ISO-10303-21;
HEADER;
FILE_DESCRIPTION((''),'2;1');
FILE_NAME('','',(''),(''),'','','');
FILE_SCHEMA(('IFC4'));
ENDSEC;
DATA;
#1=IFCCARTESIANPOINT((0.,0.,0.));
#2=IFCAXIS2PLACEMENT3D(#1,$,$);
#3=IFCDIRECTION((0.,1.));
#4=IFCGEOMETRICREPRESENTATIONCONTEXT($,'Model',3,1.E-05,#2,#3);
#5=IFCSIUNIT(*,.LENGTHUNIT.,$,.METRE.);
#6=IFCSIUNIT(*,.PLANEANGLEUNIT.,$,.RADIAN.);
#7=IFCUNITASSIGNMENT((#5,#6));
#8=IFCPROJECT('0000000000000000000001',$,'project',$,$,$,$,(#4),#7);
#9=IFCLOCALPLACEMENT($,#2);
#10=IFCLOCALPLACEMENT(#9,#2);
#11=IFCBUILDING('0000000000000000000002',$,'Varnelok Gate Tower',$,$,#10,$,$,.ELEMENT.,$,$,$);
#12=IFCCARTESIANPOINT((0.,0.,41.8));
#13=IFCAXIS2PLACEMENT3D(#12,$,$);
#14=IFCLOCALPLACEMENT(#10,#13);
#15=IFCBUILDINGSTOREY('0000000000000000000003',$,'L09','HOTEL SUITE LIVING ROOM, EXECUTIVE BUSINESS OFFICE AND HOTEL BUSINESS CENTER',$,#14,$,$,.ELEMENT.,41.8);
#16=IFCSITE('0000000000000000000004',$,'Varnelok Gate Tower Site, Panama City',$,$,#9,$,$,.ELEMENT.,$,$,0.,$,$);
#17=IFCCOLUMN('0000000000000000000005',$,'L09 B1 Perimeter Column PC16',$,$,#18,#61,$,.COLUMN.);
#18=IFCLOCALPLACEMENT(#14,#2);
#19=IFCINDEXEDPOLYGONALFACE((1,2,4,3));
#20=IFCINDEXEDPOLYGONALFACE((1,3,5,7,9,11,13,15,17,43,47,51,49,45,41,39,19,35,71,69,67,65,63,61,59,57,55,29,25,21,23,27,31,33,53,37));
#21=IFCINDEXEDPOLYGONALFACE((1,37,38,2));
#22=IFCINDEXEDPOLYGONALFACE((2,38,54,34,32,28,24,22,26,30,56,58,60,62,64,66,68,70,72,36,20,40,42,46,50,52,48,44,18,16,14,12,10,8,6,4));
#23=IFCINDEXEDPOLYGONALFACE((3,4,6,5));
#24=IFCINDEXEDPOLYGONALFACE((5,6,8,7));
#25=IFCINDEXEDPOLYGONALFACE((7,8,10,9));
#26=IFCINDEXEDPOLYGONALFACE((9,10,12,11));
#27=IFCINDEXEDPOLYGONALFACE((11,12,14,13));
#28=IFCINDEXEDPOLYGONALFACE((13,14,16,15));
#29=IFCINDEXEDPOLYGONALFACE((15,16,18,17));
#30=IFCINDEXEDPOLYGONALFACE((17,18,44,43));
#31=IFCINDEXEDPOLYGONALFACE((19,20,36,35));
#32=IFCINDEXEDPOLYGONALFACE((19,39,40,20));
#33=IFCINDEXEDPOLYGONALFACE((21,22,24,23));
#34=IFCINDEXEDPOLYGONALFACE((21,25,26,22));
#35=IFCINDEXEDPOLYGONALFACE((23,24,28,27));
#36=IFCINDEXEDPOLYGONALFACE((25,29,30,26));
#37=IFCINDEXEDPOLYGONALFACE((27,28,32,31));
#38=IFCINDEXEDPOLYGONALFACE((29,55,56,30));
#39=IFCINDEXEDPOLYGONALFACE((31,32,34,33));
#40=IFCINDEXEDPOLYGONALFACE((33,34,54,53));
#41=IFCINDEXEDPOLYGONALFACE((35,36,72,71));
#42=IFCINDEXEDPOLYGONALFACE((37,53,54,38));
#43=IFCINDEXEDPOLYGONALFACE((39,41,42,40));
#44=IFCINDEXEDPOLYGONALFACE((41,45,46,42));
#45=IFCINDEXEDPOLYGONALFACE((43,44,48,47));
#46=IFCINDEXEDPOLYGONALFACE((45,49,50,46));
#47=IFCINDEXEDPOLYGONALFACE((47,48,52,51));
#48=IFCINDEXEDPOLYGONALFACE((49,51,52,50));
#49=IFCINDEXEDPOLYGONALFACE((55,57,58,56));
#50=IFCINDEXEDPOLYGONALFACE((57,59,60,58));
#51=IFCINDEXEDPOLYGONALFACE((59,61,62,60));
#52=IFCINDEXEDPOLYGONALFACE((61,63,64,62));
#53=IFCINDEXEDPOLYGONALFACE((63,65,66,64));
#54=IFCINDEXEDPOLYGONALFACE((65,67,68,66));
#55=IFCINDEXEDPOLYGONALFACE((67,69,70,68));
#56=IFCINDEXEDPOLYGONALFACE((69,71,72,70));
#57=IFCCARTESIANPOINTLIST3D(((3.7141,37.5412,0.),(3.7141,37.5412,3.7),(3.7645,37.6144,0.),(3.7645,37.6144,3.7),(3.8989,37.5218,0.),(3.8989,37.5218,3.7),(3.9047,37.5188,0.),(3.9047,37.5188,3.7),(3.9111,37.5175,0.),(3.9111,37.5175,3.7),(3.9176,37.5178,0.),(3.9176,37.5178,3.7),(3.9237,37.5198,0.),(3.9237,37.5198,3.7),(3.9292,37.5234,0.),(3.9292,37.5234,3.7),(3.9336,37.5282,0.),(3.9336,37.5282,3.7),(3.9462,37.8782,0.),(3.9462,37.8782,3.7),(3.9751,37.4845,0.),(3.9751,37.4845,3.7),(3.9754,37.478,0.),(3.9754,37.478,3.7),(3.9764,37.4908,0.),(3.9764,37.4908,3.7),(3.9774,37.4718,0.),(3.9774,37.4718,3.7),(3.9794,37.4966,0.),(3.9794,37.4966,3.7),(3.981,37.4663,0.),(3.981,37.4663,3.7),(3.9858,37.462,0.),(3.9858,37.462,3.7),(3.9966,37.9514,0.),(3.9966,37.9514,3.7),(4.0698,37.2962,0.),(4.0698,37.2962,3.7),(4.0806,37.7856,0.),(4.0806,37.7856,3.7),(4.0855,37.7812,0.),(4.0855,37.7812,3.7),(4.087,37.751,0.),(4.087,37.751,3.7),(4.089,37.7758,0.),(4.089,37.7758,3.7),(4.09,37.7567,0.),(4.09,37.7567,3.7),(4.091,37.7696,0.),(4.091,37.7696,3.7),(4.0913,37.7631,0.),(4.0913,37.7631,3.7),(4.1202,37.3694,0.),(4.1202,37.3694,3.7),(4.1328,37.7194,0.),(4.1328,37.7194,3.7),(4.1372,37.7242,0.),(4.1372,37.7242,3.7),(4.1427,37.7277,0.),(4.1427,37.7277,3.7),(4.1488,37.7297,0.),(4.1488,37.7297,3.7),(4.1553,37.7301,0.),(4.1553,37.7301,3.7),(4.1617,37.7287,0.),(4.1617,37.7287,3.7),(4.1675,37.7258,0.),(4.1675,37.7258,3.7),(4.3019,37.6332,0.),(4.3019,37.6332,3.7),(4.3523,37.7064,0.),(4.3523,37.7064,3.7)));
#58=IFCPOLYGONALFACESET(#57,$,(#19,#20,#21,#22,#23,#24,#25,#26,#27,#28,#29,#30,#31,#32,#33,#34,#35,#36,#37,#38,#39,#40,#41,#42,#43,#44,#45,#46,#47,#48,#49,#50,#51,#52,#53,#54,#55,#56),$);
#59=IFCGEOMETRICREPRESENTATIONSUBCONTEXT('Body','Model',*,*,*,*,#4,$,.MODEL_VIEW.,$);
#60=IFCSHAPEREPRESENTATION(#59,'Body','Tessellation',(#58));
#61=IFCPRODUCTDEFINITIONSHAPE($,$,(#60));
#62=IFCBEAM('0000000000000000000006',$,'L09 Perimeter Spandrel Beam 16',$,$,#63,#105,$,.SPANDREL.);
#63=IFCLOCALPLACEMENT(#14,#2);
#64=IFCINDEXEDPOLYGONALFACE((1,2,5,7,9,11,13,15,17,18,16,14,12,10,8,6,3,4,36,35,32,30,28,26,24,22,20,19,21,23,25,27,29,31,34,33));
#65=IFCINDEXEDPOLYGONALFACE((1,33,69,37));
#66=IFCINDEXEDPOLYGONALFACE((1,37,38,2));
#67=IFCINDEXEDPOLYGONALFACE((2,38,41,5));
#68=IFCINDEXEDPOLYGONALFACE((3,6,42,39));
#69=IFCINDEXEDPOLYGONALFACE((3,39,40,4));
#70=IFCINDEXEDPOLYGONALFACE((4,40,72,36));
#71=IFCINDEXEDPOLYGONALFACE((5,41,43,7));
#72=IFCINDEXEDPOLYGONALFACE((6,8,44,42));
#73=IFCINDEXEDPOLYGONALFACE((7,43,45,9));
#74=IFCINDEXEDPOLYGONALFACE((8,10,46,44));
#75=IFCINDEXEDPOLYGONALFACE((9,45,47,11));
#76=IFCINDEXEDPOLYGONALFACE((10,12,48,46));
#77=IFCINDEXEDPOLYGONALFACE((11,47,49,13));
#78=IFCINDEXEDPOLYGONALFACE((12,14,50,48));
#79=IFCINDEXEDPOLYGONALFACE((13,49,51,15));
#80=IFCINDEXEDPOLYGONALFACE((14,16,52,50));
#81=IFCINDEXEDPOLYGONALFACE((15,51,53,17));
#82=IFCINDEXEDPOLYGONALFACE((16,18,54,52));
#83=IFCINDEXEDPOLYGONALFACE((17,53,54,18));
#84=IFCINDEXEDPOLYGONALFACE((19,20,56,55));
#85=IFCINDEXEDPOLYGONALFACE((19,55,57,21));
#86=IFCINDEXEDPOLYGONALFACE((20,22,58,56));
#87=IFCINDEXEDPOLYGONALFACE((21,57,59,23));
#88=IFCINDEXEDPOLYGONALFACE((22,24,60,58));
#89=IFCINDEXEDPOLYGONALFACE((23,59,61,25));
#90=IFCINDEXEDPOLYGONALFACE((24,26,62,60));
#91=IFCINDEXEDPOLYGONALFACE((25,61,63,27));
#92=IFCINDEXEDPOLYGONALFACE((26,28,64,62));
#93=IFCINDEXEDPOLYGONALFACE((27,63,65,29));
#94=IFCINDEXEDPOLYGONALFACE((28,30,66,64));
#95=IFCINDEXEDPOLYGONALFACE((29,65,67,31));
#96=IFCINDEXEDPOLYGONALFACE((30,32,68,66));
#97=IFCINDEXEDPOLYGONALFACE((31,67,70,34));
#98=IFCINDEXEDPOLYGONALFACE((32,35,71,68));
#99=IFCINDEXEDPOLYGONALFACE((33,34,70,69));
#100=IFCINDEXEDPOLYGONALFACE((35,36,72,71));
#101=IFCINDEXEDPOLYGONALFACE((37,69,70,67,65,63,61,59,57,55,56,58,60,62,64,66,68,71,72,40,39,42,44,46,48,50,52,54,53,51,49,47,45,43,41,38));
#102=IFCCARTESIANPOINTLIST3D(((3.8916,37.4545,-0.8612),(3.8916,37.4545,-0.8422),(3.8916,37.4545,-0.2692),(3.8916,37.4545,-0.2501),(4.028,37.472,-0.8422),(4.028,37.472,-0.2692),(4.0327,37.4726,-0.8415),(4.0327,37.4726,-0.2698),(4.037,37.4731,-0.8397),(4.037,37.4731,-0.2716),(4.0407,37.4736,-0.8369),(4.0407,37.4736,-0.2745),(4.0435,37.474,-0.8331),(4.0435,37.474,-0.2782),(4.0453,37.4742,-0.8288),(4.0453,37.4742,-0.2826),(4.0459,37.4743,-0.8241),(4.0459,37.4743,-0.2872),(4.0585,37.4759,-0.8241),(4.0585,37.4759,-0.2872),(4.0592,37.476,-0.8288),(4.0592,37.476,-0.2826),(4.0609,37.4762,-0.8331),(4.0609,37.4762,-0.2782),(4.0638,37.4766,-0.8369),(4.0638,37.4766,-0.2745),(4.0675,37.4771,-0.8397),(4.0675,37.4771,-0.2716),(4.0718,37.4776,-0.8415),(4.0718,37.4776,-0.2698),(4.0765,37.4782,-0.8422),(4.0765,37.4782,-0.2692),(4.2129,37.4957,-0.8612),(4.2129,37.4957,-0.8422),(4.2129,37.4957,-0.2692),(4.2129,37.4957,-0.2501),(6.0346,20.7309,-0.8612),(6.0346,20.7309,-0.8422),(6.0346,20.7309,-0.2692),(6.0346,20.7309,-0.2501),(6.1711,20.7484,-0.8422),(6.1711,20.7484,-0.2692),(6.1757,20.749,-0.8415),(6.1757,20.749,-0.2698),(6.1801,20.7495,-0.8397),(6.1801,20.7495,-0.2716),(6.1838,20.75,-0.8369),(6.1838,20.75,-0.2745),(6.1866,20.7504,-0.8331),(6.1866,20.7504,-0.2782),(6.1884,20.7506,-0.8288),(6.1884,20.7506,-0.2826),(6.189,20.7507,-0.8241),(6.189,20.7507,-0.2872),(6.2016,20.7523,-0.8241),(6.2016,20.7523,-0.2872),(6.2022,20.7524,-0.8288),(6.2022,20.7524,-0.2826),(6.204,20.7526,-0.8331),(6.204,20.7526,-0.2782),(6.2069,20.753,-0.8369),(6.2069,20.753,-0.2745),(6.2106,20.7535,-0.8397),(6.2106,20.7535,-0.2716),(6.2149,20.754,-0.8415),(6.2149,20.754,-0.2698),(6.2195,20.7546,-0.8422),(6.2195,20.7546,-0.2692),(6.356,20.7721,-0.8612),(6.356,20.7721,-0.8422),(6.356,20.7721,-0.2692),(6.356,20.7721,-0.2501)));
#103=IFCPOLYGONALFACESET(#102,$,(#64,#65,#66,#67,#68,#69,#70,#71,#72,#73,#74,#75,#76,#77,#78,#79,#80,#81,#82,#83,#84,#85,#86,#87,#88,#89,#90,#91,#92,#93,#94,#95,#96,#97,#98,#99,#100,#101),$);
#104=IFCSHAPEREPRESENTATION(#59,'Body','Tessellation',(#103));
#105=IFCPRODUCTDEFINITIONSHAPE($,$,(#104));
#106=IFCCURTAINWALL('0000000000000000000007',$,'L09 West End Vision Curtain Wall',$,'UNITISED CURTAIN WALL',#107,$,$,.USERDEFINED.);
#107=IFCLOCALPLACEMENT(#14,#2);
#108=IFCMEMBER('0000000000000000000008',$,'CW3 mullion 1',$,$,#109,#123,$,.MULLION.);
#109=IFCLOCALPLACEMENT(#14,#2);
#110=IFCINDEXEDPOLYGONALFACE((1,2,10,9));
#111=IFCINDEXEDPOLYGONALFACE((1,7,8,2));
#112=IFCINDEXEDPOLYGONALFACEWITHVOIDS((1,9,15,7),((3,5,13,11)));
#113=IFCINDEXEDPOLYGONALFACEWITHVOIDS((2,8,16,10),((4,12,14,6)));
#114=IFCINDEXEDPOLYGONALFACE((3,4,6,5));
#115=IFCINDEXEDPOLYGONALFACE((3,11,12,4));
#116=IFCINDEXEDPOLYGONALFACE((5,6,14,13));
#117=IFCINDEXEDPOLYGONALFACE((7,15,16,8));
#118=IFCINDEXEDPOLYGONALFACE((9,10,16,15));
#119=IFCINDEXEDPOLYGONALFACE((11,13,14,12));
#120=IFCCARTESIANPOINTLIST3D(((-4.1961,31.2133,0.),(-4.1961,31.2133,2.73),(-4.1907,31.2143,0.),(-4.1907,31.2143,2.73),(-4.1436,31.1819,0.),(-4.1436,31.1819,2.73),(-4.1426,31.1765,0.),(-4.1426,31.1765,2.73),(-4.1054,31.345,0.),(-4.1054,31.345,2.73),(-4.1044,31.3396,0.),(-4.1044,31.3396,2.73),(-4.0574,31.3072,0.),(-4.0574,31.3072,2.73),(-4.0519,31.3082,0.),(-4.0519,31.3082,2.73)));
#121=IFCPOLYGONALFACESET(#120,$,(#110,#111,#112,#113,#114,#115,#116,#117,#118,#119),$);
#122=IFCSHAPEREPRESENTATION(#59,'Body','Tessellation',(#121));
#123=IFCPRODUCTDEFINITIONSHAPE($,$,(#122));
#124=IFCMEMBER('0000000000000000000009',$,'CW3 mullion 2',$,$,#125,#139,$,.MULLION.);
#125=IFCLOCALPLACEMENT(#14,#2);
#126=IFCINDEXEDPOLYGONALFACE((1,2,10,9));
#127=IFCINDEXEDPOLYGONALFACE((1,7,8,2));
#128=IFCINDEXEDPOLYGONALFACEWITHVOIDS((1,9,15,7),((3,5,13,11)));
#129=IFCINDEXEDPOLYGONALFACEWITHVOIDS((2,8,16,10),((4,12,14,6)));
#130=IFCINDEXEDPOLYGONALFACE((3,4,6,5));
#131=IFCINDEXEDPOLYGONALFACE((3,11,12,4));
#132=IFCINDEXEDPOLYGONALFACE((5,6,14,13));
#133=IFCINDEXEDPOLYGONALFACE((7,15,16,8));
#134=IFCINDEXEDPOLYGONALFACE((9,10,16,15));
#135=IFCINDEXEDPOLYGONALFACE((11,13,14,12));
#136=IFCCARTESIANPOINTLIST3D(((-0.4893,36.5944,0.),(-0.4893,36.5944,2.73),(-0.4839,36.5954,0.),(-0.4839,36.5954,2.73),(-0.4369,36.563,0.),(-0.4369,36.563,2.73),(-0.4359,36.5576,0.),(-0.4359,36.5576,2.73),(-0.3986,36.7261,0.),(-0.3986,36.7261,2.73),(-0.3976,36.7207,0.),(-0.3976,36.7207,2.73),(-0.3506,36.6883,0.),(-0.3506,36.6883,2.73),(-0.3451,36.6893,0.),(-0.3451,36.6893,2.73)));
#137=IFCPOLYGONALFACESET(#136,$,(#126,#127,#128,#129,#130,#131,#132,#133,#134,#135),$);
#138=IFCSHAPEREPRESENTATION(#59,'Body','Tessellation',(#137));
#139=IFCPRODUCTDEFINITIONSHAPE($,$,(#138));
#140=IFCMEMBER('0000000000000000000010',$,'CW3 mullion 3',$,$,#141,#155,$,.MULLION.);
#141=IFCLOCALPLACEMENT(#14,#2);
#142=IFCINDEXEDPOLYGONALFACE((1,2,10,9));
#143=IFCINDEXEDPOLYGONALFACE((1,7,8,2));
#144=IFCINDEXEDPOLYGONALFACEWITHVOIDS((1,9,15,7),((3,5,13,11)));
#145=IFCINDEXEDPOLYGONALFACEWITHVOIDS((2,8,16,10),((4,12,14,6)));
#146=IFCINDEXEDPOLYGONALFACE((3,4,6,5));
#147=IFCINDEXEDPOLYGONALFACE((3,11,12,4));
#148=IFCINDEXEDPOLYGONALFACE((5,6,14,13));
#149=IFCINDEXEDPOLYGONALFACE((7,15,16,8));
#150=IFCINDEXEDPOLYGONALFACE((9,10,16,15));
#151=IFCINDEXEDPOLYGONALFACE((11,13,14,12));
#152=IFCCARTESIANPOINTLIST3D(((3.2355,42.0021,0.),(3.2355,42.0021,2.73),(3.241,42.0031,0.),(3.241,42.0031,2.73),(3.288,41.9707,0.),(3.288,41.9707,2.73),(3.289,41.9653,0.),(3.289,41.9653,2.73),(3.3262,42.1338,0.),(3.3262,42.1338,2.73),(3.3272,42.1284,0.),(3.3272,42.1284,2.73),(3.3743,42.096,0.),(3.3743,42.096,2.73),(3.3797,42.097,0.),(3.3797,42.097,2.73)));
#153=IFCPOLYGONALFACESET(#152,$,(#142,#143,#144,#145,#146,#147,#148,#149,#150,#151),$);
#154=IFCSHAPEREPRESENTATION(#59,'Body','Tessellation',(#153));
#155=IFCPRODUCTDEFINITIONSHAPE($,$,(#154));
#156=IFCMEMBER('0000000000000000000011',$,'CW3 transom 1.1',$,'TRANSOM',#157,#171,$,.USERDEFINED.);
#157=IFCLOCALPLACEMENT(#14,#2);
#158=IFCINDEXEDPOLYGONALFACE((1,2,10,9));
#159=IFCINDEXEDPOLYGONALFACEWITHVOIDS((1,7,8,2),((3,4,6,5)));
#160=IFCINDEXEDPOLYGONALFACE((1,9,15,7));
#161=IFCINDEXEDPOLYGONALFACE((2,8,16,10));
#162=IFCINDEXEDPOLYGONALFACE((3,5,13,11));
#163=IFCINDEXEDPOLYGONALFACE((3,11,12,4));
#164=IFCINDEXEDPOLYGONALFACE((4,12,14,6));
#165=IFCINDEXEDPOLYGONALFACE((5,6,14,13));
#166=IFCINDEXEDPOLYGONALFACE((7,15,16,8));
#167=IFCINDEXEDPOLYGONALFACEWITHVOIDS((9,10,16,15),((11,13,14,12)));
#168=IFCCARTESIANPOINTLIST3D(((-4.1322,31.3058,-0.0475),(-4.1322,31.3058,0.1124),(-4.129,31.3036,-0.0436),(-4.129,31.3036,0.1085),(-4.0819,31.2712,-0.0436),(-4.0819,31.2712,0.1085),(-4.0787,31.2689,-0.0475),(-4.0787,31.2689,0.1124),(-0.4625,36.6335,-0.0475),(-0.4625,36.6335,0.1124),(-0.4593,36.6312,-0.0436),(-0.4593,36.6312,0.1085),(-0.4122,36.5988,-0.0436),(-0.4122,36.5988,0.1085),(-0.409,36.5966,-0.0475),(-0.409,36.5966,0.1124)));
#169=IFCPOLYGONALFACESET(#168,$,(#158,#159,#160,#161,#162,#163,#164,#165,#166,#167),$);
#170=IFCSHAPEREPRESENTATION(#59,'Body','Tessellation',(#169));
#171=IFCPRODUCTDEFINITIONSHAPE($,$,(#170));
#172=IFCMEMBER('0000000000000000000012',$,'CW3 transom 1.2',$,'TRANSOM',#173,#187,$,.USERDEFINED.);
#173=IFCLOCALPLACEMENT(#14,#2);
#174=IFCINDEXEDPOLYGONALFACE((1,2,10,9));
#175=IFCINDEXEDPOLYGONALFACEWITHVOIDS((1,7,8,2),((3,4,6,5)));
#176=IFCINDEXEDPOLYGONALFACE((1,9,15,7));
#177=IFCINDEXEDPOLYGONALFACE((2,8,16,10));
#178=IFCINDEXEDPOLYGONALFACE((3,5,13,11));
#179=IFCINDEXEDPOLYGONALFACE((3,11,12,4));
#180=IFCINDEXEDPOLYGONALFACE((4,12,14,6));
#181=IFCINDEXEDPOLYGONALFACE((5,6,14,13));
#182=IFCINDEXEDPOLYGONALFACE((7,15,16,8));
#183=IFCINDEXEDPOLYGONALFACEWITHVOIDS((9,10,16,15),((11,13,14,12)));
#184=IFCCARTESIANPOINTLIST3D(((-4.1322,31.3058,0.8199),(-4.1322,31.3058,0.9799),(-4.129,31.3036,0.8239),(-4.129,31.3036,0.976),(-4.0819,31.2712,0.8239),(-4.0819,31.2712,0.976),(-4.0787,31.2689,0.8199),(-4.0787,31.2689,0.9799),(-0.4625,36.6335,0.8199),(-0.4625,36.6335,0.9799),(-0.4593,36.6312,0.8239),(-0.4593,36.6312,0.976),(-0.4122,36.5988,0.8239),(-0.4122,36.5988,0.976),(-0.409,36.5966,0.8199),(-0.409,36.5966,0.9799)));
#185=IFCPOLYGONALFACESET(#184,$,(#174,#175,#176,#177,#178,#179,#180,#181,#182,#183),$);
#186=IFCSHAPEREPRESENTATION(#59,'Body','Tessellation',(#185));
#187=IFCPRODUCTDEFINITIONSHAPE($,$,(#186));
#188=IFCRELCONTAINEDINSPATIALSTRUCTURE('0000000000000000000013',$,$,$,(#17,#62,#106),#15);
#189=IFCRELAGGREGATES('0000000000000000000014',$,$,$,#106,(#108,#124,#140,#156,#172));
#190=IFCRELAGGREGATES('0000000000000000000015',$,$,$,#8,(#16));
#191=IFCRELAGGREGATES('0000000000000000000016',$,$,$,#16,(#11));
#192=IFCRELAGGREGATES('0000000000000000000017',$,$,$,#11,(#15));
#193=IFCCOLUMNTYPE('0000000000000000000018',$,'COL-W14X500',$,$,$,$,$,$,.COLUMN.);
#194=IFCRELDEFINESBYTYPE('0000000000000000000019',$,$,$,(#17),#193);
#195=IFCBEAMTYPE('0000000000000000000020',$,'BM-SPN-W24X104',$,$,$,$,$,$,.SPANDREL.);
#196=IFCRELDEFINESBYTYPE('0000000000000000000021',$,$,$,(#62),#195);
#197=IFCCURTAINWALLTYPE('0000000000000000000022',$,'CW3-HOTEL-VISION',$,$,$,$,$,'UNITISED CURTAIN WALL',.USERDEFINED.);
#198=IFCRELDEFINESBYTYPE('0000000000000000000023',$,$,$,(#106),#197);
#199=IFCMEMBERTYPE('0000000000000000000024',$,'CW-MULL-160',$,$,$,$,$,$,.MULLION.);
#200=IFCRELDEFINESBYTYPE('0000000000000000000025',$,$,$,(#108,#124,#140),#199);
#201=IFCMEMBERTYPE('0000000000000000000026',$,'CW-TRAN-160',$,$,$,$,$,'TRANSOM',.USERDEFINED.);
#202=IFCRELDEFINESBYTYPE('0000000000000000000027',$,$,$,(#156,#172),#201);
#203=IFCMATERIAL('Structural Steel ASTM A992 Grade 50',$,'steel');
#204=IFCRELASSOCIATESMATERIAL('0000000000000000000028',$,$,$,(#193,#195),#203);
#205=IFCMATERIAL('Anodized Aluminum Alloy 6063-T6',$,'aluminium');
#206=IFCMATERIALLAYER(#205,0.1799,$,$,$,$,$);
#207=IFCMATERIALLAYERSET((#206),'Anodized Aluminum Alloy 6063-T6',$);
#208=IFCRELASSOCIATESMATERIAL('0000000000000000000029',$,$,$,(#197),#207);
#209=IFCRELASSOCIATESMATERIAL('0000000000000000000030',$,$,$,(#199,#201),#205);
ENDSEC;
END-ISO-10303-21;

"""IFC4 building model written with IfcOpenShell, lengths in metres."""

from ifc_helpers import new_model, si_unit, direction, frame, origin, origin_2d, place, context, subcontext, project, spatial, hollow_rectangle, i_section, extrude, material, layer, layer_set, material_profile, profile_set, type_object, element, aggregate, save


model = new_model("IFC4")

# Units and contexts
model_context = context("Model", 3, precision=1e-05, world=origin(), true_north=direction((0.0, 1.0)))
body_context = subcontext(model_context, "Body", "Model", "MODEL_VIEW")
ifc_project = project(units=[si_unit("LENGTHUNIT", "METRE"), si_unit("PLANEANGLEUNIT", "RADIAN")], contexts=[model_context])

# Site, building, storey
site_placement = place(None, origin())
site = spatial("IfcSite", under=ifc_project, at=site_placement, Name="Varnelok Gate Tower Site, Panama City", CompositionType="ELEMENT", RefElevation=0.0)
building_placement = place(site_placement, origin())
building = spatial("IfcBuilding", under=site, at=building_placement, Name="Varnelok Gate Tower", CompositionType="ELEMENT")
storey_placement = place(building_placement, frame((0.0, 0.0, 41.8)))
storey = spatial("IfcBuildingStorey", under=building, at=storey_placement, Name="L09", Description="HOTEL SUITE LIVING ROOM, EXECUTIVE BUSINESS OFFICE AND HOTEL BUSINESS CENTER", CompositionType="ELEMENT", Elevation=41.8)

# Column
ifc_material_1 = material(Name="Structural Steel ASTM A992 Grade 50", Category="steel")
ifc_material_profile_1 = material_profile(ifc_material_1, i_section(OverallWidth=0.4319, OverallDepth=0.498, WebThickness=0.0557, FlangeThickness=0.0889, FilletRadius=0.0249, at=origin_2d()), Name="W14X500")
ifc_profile_set_1 = profile_set([ifc_material_profile_1], Name="Structural Steel ASTM A992 Grade 50")
column_type = type_object("IfcColumnType", Name="COL-W14X500", PredefinedType="COLUMN", material=ifc_profile_set_1)
column_placement = place(storey_placement, frame((4.0332, 37.6238, 0.0), z_axis=(0.0, 0.0, 1.0), x_axis=(0.823533, -0.567269, 0.0)))
element("IfcColumn", 1, at=column_placement, inside=storey, type_object=column_type, Name="L09 B1 Perimeter Column PC16", PredefinedType="COLUMN", context=body_context, shape_type="SweptSolid", body=[
    extrude(i_section(OverallWidth=0.4319, OverallDepth=0.498, WebThickness=0.0557, FlangeThickness=0.0889, FilletRadius=0.0249, at=origin_2d()), origin(), (0.0, 0.0, 1.0), 3.7),
])

# Beam
ifc_material_profile_2 = material_profile(ifc_material_1, i_section(OverallWidth=0.324, OverallDepth=0.6111, WebThickness=0.0127, FlangeThickness=0.019, FilletRadius=0.0181, at=origin_2d()), Name="W24X104")
ifc_profile_set_2 = profile_set([ifc_material_profile_2], Name="Structural Steel ASTM A992 Grade 50")
beam_type = type_object("IfcBeamType", Name="BM-SPN-W24X104", PredefinedType="SPANDREL", material=ifc_profile_set_2)
beam_placement = place(storey_placement, frame((4.0522, 37.4751, -0.5557), z_axis=(0.127107, -0.991889, 0.0), x_axis=(0.991889, 0.127107, 0.0)))
element("IfcBeam", 2, at=beam_placement, inside=storey, type_object=beam_type, Name="L09 Perimeter Spandrel Beam 16", PredefinedType="SPANDREL", context=body_context, shape_type="SweptSolid", body=[
    extrude(i_section(OverallWidth=0.324, OverallDepth=0.6111, WebThickness=0.0127, FlangeThickness=0.019, FilletRadius=0.0181, at=origin_2d()), origin(), (0.0, 0.0, 1.0), 16.8604),
])

# Curtain wall, members
ifc_material_2 = material(Name="Anodized Aluminum Alloy 6063-T6", Category="aluminium")
ifc_layer_1 = layer(ifc_material_2, 0.1799)
ifc_layer_set_1 = layer_set([ifc_layer_1], Name="Anodized Aluminum Alloy 6063-T6")
curtain_wall_type = type_object("IfcCurtainWallType", Name="CW3-HOTEL-VISION", ElementType="UNITISED CURTAIN WALL", PredefinedType="USERDEFINED", material=ifc_layer_set_1)
curtain_wall_placement = place(storey_placement, origin())
curtain_wall = element("IfcCurtainWall", 3, at=curtain_wall_placement, inside=storey, type_object=curtain_wall_type, Name="L09 West End Vision Curtain Wall", ObjectType="UNITISED CURTAIN WALL", PredefinedType="USERDEFINED")
ifc_material_profile_3 = material_profile(ifc_material_2, hollow_rectangle(XDim=0.0649, YDim=0.1599, WallThickness=0.0039, at=origin_2d()), Name="ALU160X65X4")
ifc_profile_set_3 = profile_set([ifc_material_profile_3], Name="Anodized Aluminum Alloy 6063-T6")
member_type_1 = type_object("IfcMemberType", Name="CW-MULL-160", PredefinedType="MULLION", material=ifc_profile_set_3)
member_1_placement = place(storey_placement, frame((-4.124, 31.2607, 0.0), z_axis=(0.0, 0.0, 1.0), x_axis=(-0.823533, 0.567269, 0.0)))
member_1 = element("IfcMember", 4, at=member_1_placement, type_object=member_type_1, Name="CW3 mullion 1", PredefinedType="MULLION", context=body_context, shape_type="SweptSolid", body=[
    extrude(hollow_rectangle(XDim=0.0649, YDim=0.1599, WallThickness=0.0039, at=origin_2d()), origin(), (0.0, 0.0, 1.0), 2.73),
])
member_2_placement = place(storey_placement, frame((-0.4172, 36.6418, 0.0), z_axis=(0.0, 0.0, 1.0), x_axis=(-0.823533, 0.567269, 0.0)))
member_2 = element("IfcMember", 5, at=member_2_placement, type_object=member_type_1, Name="CW3 mullion 2", PredefinedType="MULLION", context=body_context, shape_type="SweptSolid", body=[
    extrude(hollow_rectangle(XDim=0.0649, YDim=0.1599, WallThickness=0.0039, at=origin_2d()), origin(), (0.0, 0.0, 1.0), 2.73),
])
member_3_placement = place(storey_placement, frame((3.3076, 42.0496, 0.0), z_axis=(0.0, 0.0, 1.0), x_axis=(-0.823533, 0.567269, 0.0)))
member_3 = element("IfcMember", 6, at=member_3_placement, type_object=member_type_1, Name="CW3 mullion 3", PredefinedType="MULLION", context=body_context, shape_type="SweptSolid", body=[
    extrude(hollow_rectangle(XDim=0.0649, YDim=0.1599, WallThickness=0.0039, at=origin_2d()), origin(), (0.0, 0.0, 1.0), 2.73),
])
ifc_material_profile_4 = material_profile(ifc_material_2, hollow_rectangle(XDim=0.0649, YDim=0.1599, WallThickness=0.0039, at=origin_2d()), Name="ALU160X65X4")
ifc_profile_set_4 = profile_set([ifc_material_profile_4], Name="Anodized Aluminum Alloy 6063-T6")
member_type_2 = type_object("IfcMemberType", Name="CW-TRAN-160", ElementType="TRANSOM", PredefinedType="USERDEFINED", material=ifc_profile_set_4)
member_4_placement = place(storey_placement, frame((-4.1055, 31.2874, 0.0325), z_axis=(0.567256, 0.823542, 0.0), x_axis=(-0.823542, 0.567256, 0.0)))
member_4 = element("IfcMember", 7, at=member_4_placement, type_object=member_type_2, Name="CW3 transom 1.1", ObjectType="TRANSOM", PredefinedType="USERDEFINED", context=body_context, shape_type="SweptSolid", body=[
    extrude(hollow_rectangle(XDim=0.0649, YDim=0.1599, WallThickness=0.0039, at=origin_2d()), origin(), (0.0, 0.0, 1.0), 6.4692),
])
member_5_placement = place(storey_placement, frame((-4.1055, 31.2874, 0.8999), z_axis=(0.567256, 0.823542, 0.0), x_axis=(-0.823542, 0.567256, 0.0)))
member_5 = element("IfcMember", 8, at=member_5_placement, type_object=member_type_2, Name="CW3 transom 1.2", ObjectType="TRANSOM", PredefinedType="USERDEFINED", context=body_context, shape_type="SweptSolid", body=[
    extrude(hollow_rectangle(XDim=0.0649, YDim=0.1599, WallThickness=0.0039, at=origin_2d()), origin(), (0.0, 0.0, 1.0), 6.4692),
])
aggregate(curtain_wall, [member_1, member_2, member_3, member_4, member_5])

save(model, "model.ifc")
